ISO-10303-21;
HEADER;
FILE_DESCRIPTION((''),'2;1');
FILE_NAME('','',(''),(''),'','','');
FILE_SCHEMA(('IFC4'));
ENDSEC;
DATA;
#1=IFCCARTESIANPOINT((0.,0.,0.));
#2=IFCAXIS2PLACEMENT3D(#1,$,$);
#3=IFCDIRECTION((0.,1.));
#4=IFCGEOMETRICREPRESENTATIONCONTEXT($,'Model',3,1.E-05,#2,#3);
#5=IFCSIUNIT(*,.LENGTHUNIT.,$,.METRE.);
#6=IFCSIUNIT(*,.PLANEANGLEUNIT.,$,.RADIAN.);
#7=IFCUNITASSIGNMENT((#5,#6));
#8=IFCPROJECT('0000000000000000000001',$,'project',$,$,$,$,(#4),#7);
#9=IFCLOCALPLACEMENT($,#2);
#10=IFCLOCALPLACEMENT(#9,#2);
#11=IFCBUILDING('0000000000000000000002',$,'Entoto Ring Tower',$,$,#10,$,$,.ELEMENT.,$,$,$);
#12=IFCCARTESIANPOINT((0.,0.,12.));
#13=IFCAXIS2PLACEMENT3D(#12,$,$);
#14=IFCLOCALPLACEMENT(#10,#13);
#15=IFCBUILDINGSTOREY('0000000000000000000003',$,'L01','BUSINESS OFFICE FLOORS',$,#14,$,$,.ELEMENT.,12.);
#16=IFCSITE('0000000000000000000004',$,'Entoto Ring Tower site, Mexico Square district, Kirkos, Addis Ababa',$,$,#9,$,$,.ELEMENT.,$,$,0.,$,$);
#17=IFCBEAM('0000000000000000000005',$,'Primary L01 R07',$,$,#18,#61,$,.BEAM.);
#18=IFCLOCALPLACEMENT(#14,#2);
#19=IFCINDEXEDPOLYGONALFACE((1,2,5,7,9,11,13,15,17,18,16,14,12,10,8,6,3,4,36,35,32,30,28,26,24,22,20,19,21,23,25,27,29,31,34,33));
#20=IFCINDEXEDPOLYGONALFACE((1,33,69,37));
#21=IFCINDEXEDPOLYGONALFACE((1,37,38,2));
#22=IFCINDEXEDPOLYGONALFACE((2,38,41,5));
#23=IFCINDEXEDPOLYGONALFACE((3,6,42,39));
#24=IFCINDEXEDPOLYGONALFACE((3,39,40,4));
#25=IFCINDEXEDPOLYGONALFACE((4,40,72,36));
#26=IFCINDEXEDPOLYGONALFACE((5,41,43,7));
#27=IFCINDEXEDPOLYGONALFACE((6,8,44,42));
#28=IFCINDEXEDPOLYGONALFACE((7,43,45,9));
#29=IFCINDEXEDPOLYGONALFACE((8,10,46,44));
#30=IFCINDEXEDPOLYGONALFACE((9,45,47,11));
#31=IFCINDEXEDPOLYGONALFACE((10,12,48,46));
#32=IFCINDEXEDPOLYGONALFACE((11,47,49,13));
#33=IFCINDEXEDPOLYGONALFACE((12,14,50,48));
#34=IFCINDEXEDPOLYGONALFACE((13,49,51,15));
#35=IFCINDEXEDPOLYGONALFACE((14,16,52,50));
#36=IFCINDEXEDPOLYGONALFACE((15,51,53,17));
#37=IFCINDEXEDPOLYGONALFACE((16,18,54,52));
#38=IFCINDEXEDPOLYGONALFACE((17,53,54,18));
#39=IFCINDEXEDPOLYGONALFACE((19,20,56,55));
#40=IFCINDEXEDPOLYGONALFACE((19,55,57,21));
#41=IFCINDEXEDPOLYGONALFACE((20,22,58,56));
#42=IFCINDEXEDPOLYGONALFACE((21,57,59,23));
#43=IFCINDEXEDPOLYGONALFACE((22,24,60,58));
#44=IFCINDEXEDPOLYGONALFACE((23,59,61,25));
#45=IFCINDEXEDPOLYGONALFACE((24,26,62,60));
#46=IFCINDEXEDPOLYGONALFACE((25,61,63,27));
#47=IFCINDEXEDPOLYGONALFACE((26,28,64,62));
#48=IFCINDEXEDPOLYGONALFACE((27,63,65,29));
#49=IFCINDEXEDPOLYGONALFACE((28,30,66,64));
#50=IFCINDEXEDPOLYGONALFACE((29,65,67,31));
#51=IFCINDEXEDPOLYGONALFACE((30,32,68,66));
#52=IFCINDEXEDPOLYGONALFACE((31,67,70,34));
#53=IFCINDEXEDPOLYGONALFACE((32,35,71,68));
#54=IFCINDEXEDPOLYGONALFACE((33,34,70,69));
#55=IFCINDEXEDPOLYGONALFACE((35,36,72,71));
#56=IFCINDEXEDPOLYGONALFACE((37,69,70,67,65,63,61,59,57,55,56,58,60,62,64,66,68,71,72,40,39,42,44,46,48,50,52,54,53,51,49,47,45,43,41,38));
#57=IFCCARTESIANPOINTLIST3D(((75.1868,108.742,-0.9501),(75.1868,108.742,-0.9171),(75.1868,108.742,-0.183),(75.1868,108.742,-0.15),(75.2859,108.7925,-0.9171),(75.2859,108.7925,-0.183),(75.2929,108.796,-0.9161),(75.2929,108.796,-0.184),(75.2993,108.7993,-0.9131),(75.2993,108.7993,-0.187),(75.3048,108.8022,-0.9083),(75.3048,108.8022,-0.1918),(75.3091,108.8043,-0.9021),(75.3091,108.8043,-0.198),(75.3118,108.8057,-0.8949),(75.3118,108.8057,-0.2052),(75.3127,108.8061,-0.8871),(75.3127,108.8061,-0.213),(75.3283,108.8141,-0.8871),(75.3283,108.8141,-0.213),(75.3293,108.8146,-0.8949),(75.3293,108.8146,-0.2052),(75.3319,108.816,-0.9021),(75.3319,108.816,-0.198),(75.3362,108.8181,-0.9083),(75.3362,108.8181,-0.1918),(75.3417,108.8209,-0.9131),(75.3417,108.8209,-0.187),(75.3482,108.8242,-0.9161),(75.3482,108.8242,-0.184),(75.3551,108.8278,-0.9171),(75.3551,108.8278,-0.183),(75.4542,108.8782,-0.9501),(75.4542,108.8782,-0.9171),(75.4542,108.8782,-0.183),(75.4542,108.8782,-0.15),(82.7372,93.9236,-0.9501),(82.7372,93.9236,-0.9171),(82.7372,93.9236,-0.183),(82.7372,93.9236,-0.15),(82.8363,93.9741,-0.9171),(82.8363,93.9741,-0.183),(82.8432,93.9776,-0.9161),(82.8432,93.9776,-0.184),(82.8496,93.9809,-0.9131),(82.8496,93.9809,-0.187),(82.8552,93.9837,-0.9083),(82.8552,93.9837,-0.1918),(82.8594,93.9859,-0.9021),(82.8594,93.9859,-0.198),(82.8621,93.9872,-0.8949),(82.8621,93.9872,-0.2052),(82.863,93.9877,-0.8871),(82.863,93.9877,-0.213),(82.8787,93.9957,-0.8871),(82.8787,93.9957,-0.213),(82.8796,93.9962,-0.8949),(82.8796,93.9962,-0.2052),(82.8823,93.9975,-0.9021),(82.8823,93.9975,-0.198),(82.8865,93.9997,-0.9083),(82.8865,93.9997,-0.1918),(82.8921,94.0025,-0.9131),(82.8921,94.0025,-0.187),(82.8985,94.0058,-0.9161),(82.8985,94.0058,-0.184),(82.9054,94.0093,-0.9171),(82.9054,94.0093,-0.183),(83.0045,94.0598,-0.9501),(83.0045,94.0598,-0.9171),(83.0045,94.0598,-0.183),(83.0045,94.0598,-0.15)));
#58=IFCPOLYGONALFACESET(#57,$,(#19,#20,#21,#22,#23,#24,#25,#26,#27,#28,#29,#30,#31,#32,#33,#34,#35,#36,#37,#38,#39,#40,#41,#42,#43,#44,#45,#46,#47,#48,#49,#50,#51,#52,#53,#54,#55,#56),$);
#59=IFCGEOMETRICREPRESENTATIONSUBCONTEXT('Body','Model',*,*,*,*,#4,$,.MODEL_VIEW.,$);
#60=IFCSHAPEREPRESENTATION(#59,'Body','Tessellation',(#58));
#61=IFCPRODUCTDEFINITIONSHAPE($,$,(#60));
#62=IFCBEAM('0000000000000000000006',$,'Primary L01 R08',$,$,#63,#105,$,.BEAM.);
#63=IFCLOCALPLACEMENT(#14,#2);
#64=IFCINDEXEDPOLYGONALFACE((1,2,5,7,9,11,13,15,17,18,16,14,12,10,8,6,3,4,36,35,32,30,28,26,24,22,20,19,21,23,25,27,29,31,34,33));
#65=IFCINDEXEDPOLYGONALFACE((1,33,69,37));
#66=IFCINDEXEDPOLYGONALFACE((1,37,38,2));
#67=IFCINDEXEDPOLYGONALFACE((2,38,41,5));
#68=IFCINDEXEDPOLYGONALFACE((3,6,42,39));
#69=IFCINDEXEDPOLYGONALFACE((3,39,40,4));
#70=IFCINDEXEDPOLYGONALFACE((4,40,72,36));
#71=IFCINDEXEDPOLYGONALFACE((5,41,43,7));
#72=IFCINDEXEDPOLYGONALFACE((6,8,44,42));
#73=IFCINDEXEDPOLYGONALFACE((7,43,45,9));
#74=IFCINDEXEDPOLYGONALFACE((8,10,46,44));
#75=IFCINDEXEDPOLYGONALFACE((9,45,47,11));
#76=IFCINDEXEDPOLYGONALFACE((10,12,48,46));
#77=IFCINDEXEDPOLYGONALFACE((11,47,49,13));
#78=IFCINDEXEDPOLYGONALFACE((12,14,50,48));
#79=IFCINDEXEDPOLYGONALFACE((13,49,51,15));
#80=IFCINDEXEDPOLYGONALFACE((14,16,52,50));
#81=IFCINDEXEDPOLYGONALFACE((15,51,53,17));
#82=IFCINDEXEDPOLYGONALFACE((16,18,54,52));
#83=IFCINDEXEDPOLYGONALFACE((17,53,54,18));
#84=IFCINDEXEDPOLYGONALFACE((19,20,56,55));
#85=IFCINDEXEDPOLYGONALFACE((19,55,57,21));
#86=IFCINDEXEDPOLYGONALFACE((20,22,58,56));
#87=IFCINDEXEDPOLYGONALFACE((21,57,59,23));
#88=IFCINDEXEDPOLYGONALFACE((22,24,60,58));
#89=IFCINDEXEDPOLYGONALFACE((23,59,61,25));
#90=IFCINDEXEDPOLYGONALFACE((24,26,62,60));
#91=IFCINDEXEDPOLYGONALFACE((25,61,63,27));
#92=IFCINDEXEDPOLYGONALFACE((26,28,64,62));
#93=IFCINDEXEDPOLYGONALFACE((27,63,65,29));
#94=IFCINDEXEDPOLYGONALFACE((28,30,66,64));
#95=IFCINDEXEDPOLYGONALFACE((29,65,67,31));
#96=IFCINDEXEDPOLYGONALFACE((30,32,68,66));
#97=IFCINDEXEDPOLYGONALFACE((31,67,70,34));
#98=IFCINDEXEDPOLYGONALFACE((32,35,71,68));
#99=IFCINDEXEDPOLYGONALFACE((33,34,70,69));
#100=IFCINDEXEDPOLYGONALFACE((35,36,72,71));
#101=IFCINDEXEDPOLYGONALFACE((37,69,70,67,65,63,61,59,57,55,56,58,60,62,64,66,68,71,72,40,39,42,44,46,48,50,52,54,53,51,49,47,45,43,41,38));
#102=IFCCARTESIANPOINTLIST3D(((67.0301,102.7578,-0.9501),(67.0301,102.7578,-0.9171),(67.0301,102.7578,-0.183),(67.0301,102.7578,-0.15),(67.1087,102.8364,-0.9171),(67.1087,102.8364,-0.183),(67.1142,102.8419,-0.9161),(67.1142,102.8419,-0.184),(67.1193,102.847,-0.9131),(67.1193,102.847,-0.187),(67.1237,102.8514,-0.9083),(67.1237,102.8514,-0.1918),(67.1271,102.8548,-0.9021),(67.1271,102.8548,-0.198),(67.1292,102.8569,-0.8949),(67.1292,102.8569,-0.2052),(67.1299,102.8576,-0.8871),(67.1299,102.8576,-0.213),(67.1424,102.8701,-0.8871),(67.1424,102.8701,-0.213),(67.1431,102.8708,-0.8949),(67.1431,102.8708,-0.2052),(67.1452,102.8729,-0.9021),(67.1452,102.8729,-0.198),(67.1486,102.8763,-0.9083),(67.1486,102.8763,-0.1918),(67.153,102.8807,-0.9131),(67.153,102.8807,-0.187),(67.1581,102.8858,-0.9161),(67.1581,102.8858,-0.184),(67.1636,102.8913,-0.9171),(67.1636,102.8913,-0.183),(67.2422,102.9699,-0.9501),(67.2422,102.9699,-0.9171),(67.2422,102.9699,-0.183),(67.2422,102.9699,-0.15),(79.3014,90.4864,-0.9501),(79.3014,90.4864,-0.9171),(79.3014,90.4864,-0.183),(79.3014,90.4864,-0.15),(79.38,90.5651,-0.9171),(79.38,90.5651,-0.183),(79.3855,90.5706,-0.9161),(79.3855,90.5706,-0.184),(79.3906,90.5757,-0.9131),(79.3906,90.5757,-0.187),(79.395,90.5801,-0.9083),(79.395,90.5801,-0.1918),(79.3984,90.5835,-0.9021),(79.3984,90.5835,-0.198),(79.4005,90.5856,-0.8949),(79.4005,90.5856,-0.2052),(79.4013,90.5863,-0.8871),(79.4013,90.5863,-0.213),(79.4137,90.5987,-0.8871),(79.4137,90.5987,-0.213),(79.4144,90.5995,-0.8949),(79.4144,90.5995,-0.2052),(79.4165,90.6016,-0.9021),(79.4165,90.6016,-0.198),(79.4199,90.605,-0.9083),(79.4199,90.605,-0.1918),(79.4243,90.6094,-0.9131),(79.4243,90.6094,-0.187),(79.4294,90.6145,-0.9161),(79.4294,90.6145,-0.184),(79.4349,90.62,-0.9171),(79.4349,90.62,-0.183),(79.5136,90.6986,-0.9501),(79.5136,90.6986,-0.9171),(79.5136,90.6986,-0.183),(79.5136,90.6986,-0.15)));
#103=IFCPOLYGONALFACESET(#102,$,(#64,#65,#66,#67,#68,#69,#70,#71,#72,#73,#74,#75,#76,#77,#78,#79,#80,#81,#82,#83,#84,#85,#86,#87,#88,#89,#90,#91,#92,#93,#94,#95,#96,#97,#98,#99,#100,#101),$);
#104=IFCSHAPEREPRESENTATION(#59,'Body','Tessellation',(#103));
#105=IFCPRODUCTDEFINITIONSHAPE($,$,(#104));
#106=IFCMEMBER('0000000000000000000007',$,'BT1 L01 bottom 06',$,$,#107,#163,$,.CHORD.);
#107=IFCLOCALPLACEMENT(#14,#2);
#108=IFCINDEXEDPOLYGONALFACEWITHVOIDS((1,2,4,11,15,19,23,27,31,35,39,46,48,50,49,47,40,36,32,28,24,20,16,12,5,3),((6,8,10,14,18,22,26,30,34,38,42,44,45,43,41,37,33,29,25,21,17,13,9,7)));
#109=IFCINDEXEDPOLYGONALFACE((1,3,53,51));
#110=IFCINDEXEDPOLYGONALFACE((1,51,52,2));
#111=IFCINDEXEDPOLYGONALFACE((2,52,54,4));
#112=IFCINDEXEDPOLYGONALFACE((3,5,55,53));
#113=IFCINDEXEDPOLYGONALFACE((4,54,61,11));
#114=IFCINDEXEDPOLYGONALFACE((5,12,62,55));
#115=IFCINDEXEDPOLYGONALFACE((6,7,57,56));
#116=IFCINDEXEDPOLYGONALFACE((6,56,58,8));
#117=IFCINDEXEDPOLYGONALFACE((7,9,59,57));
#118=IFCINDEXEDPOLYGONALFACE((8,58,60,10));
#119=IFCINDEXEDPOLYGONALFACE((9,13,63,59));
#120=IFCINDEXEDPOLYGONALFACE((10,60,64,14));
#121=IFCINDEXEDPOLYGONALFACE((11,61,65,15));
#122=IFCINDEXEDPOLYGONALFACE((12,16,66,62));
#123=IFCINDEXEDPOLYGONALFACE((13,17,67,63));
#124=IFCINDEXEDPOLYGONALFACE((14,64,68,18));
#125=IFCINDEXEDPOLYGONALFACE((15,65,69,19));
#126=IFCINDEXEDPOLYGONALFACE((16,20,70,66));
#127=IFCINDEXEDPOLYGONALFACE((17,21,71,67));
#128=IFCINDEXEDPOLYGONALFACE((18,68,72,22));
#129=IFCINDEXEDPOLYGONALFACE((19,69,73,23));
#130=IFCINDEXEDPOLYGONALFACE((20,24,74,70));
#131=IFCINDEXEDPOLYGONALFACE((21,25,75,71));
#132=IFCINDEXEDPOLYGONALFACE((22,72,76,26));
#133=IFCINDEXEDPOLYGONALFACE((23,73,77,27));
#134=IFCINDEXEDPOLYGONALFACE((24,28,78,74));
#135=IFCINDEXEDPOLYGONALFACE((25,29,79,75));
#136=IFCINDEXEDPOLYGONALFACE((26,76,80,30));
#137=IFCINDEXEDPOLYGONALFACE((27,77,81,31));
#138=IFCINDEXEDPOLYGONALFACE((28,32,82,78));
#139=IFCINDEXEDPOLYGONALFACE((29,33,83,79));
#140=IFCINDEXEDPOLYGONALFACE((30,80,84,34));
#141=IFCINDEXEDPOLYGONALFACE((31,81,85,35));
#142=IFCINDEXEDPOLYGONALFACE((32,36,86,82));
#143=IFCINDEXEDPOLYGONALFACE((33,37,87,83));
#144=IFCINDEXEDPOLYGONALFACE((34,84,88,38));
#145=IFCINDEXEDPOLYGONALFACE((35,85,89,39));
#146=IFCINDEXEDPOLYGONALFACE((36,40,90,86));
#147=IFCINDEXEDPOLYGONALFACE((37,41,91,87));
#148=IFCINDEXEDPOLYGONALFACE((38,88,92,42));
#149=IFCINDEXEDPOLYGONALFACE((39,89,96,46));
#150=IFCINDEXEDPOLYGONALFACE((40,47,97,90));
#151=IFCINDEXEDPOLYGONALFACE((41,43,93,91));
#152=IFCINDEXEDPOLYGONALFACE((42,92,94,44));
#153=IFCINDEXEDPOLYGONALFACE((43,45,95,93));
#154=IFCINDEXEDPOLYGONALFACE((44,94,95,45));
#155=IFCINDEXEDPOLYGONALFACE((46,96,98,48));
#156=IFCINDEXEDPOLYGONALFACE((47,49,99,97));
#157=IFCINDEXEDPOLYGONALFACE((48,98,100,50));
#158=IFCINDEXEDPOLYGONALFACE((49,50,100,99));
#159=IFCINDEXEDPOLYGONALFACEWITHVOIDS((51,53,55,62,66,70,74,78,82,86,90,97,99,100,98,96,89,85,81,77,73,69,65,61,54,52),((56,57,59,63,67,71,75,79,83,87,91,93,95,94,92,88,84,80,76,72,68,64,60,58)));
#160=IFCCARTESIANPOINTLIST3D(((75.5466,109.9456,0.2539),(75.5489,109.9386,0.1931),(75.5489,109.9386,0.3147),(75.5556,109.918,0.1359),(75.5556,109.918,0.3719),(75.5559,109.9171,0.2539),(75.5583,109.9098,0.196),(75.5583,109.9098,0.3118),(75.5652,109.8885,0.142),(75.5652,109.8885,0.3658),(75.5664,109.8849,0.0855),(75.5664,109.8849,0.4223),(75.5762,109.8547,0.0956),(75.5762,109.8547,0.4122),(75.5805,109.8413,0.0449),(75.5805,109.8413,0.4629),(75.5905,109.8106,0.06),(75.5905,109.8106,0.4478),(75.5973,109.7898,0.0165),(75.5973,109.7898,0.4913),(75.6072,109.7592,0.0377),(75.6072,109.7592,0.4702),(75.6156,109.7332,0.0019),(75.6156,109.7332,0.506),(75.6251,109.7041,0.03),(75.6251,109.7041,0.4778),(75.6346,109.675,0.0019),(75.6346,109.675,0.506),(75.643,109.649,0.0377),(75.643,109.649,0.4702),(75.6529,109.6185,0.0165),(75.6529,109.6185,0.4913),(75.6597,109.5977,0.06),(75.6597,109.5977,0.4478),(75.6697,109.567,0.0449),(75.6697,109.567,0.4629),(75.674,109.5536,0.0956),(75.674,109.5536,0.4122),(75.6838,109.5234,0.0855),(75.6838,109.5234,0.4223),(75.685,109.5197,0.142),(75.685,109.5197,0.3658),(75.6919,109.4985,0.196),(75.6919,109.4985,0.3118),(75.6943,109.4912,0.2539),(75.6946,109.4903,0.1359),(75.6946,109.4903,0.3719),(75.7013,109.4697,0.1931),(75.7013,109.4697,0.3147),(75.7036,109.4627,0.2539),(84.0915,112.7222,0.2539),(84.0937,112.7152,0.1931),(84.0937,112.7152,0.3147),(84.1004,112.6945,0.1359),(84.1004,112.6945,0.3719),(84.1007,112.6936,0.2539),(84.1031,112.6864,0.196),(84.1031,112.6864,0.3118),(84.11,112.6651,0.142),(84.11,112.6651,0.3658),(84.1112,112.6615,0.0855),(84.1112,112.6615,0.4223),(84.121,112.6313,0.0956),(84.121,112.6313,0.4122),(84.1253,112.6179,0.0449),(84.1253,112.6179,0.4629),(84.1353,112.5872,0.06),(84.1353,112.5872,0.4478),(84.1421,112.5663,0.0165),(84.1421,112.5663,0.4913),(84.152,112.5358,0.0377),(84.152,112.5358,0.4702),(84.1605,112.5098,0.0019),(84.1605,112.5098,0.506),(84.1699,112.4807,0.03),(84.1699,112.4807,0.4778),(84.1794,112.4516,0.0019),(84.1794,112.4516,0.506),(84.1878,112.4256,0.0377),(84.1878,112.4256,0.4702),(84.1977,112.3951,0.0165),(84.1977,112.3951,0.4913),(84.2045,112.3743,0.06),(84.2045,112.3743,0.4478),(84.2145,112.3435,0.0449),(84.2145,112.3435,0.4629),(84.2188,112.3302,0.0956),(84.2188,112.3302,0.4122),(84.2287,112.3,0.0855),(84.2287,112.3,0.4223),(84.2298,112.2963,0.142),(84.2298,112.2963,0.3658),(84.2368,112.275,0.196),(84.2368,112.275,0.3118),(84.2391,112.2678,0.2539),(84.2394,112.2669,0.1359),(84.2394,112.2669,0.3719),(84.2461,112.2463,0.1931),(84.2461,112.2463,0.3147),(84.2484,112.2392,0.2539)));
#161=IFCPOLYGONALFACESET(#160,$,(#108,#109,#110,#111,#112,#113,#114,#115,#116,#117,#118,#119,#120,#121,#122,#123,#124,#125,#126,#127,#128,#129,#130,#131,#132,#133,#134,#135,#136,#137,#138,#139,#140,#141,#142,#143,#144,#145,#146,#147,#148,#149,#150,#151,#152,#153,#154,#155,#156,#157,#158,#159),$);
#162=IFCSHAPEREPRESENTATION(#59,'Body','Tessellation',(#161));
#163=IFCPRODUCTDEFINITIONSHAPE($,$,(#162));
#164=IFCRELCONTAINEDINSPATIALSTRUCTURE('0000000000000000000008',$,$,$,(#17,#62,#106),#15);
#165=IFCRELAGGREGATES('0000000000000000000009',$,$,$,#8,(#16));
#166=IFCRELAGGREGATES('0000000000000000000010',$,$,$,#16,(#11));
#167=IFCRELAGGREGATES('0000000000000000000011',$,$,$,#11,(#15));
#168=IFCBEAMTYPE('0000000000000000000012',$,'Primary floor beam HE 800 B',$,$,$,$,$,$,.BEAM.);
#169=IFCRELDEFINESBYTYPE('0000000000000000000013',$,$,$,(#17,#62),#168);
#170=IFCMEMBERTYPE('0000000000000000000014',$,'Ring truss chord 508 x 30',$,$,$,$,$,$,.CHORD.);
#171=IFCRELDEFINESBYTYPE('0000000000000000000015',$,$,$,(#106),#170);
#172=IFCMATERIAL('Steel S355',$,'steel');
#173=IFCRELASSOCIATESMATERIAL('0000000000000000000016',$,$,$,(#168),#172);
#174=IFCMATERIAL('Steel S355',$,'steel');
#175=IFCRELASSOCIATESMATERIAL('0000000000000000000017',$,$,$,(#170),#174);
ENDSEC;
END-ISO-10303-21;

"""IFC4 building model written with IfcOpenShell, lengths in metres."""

from ifc_helpers import new_model, si_unit, direction, frame, origin, origin_2d, place, context, subcontext, project, spatial, circle, hollow_circle, i_section, extrude, material, material_profile, profile_set, type_object, element, save


model = new_model("IFC4")

# Units and contexts
model_context = context("Model", 3, precision=1e-05, world=origin(), true_north=direction((0.0, 1.0)))
body_context = subcontext(model_context, "Body", "Model", "MODEL_VIEW")
ifc_project = project(units=[si_unit("LENGTHUNIT", "METRE"), si_unit("PLANEANGLEUNIT", "RADIAN")], contexts=[model_context])

# Site, building, storey
site_placement = place(None, origin())
site = spatial("IfcSite", under=ifc_project, at=site_placement, Name="Entoto Ring Tower site, Mexico Square district, Kirkos, Addis Ababa", CompositionType="ELEMENT", RefElevation=0.0)
building_placement = place(site_placement, origin())
building = spatial("IfcBuilding", under=site, at=building_placement, Name="Entoto Ring Tower", CompositionType="ELEMENT")
storey_placement = place(building_placement, frame((0.0, 0.0, 12.0)))
storey = spatial("IfcBuildingStorey", under=building, at=storey_placement, Name="L01", Description="BUSINESS OFFICE FLOORS", CompositionType="ELEMENT", Elevation=12.0)

# Beams
ifc_material_1 = material(Name="Steel S355", Category="steel")
ifc_material_profile_1 = material_profile(ifc_material_1, i_section(OverallWidth=0.3, OverallDepth=0.8, WebThickness=0.0176, FlangeThickness=0.033, FilletRadius=0.03, at=origin_2d()), Name="HE 800 B")
ifc_profile_set_1 = profile_set([ifc_material_profile_1], Name="Steel S355")
beam_type_1 = type_object("IfcBeamType", Name="Primary floor beam HE 800 B", PredefinedType="BEAM", material=ifc_profile_set_1)
beam_1_placement = place(storey_placement, frame((82.8708, 93.9917, -0.55), z_axis=(-0.453989, 0.891007, 0.0), x_axis=(-0.891007, -0.453989, 0.0)))
element("IfcBeam", 1, at=beam_1_placement, inside=storey, type_object=beam_type_1, Name="Primary L01 R07", PredefinedType="BEAM", context=body_context, shape_type="SweptSolid", body=[
    extrude(i_section(OverallWidth=0.3, OverallDepth=0.8, WebThickness=0.0176, FlangeThickness=0.033, FilletRadius=0.03, at=origin_2d()), origin(), (0.0, 0.0, 1.0), 16.6311),
])
beam_2_placement = place(storey_placement, frame((79.4075, 90.5925, -0.55), z_axis=(-0.707107, 0.707107, 0.0), x_axis=(-0.707107, -0.707107, 0.0)))
element("IfcBeam", 2, at=beam_2_placement, inside=storey, type_object=beam_type_1, Name="Primary L01 R08", PredefinedType="BEAM", context=body_context, shape_type="SweptSolid", body=[
    extrude(i_section(OverallWidth=0.3, OverallDepth=0.8, WebThickness=0.0176, FlangeThickness=0.033, FilletRadius=0.03, at=origin_2d()), origin(), (0.0, 0.0, 1.0), 17.3542),
])

# Member
ifc_material_2 = material(Name="Steel S355", Category="steel")
ifc_material_profile_2 = material_profile(ifc_material_2, hollow_circle(Radius=0.2539, WallThickness=0.03, at=origin_2d()), Name="CHS 508 x 30")
ifc_material_3 = material(Name="Concrete C60/75", Category="concrete")
ifc_material_profile_3 = material_profile(ifc_material_3, circle(Radius=0.2241, at=origin_2d()), Name="Concrete C60/75 infill")
ifc_profile_set_2 = profile_set([ifc_material_profile_2, ifc_material_profile_3], Name="Steel S355")
member_type_1 = type_object("IfcMemberType", Name="Ring truss chord 508 x 30", PredefinedType="CHORD", material=ifc_profile_set_2)
for number, where, z_axis, x_axis, name in (
    (3, (84.1699, 112.4807, 0.2539), (-0.95105, -0.309037, 0.0), (0.309037, -0.95105, 0.0), "BT1 L01 bottom 06"),
):
    element("IfcMember", number, at=place(storey_placement, frame(where, z_axis=z_axis, x_axis=x_axis)), inside=storey, type_object=member_type_1, Name=name, PredefinedType="CHORD", context=body_context, shape_type="SweptSolid", body=[
        extrude(hollow_circle(Radius=0.2539, WallThickness=0.03, at=origin_2d()), origin(), (0.0, 0.0, 1.0), 8.9846),
    ])

save(model, "model.ifc")
